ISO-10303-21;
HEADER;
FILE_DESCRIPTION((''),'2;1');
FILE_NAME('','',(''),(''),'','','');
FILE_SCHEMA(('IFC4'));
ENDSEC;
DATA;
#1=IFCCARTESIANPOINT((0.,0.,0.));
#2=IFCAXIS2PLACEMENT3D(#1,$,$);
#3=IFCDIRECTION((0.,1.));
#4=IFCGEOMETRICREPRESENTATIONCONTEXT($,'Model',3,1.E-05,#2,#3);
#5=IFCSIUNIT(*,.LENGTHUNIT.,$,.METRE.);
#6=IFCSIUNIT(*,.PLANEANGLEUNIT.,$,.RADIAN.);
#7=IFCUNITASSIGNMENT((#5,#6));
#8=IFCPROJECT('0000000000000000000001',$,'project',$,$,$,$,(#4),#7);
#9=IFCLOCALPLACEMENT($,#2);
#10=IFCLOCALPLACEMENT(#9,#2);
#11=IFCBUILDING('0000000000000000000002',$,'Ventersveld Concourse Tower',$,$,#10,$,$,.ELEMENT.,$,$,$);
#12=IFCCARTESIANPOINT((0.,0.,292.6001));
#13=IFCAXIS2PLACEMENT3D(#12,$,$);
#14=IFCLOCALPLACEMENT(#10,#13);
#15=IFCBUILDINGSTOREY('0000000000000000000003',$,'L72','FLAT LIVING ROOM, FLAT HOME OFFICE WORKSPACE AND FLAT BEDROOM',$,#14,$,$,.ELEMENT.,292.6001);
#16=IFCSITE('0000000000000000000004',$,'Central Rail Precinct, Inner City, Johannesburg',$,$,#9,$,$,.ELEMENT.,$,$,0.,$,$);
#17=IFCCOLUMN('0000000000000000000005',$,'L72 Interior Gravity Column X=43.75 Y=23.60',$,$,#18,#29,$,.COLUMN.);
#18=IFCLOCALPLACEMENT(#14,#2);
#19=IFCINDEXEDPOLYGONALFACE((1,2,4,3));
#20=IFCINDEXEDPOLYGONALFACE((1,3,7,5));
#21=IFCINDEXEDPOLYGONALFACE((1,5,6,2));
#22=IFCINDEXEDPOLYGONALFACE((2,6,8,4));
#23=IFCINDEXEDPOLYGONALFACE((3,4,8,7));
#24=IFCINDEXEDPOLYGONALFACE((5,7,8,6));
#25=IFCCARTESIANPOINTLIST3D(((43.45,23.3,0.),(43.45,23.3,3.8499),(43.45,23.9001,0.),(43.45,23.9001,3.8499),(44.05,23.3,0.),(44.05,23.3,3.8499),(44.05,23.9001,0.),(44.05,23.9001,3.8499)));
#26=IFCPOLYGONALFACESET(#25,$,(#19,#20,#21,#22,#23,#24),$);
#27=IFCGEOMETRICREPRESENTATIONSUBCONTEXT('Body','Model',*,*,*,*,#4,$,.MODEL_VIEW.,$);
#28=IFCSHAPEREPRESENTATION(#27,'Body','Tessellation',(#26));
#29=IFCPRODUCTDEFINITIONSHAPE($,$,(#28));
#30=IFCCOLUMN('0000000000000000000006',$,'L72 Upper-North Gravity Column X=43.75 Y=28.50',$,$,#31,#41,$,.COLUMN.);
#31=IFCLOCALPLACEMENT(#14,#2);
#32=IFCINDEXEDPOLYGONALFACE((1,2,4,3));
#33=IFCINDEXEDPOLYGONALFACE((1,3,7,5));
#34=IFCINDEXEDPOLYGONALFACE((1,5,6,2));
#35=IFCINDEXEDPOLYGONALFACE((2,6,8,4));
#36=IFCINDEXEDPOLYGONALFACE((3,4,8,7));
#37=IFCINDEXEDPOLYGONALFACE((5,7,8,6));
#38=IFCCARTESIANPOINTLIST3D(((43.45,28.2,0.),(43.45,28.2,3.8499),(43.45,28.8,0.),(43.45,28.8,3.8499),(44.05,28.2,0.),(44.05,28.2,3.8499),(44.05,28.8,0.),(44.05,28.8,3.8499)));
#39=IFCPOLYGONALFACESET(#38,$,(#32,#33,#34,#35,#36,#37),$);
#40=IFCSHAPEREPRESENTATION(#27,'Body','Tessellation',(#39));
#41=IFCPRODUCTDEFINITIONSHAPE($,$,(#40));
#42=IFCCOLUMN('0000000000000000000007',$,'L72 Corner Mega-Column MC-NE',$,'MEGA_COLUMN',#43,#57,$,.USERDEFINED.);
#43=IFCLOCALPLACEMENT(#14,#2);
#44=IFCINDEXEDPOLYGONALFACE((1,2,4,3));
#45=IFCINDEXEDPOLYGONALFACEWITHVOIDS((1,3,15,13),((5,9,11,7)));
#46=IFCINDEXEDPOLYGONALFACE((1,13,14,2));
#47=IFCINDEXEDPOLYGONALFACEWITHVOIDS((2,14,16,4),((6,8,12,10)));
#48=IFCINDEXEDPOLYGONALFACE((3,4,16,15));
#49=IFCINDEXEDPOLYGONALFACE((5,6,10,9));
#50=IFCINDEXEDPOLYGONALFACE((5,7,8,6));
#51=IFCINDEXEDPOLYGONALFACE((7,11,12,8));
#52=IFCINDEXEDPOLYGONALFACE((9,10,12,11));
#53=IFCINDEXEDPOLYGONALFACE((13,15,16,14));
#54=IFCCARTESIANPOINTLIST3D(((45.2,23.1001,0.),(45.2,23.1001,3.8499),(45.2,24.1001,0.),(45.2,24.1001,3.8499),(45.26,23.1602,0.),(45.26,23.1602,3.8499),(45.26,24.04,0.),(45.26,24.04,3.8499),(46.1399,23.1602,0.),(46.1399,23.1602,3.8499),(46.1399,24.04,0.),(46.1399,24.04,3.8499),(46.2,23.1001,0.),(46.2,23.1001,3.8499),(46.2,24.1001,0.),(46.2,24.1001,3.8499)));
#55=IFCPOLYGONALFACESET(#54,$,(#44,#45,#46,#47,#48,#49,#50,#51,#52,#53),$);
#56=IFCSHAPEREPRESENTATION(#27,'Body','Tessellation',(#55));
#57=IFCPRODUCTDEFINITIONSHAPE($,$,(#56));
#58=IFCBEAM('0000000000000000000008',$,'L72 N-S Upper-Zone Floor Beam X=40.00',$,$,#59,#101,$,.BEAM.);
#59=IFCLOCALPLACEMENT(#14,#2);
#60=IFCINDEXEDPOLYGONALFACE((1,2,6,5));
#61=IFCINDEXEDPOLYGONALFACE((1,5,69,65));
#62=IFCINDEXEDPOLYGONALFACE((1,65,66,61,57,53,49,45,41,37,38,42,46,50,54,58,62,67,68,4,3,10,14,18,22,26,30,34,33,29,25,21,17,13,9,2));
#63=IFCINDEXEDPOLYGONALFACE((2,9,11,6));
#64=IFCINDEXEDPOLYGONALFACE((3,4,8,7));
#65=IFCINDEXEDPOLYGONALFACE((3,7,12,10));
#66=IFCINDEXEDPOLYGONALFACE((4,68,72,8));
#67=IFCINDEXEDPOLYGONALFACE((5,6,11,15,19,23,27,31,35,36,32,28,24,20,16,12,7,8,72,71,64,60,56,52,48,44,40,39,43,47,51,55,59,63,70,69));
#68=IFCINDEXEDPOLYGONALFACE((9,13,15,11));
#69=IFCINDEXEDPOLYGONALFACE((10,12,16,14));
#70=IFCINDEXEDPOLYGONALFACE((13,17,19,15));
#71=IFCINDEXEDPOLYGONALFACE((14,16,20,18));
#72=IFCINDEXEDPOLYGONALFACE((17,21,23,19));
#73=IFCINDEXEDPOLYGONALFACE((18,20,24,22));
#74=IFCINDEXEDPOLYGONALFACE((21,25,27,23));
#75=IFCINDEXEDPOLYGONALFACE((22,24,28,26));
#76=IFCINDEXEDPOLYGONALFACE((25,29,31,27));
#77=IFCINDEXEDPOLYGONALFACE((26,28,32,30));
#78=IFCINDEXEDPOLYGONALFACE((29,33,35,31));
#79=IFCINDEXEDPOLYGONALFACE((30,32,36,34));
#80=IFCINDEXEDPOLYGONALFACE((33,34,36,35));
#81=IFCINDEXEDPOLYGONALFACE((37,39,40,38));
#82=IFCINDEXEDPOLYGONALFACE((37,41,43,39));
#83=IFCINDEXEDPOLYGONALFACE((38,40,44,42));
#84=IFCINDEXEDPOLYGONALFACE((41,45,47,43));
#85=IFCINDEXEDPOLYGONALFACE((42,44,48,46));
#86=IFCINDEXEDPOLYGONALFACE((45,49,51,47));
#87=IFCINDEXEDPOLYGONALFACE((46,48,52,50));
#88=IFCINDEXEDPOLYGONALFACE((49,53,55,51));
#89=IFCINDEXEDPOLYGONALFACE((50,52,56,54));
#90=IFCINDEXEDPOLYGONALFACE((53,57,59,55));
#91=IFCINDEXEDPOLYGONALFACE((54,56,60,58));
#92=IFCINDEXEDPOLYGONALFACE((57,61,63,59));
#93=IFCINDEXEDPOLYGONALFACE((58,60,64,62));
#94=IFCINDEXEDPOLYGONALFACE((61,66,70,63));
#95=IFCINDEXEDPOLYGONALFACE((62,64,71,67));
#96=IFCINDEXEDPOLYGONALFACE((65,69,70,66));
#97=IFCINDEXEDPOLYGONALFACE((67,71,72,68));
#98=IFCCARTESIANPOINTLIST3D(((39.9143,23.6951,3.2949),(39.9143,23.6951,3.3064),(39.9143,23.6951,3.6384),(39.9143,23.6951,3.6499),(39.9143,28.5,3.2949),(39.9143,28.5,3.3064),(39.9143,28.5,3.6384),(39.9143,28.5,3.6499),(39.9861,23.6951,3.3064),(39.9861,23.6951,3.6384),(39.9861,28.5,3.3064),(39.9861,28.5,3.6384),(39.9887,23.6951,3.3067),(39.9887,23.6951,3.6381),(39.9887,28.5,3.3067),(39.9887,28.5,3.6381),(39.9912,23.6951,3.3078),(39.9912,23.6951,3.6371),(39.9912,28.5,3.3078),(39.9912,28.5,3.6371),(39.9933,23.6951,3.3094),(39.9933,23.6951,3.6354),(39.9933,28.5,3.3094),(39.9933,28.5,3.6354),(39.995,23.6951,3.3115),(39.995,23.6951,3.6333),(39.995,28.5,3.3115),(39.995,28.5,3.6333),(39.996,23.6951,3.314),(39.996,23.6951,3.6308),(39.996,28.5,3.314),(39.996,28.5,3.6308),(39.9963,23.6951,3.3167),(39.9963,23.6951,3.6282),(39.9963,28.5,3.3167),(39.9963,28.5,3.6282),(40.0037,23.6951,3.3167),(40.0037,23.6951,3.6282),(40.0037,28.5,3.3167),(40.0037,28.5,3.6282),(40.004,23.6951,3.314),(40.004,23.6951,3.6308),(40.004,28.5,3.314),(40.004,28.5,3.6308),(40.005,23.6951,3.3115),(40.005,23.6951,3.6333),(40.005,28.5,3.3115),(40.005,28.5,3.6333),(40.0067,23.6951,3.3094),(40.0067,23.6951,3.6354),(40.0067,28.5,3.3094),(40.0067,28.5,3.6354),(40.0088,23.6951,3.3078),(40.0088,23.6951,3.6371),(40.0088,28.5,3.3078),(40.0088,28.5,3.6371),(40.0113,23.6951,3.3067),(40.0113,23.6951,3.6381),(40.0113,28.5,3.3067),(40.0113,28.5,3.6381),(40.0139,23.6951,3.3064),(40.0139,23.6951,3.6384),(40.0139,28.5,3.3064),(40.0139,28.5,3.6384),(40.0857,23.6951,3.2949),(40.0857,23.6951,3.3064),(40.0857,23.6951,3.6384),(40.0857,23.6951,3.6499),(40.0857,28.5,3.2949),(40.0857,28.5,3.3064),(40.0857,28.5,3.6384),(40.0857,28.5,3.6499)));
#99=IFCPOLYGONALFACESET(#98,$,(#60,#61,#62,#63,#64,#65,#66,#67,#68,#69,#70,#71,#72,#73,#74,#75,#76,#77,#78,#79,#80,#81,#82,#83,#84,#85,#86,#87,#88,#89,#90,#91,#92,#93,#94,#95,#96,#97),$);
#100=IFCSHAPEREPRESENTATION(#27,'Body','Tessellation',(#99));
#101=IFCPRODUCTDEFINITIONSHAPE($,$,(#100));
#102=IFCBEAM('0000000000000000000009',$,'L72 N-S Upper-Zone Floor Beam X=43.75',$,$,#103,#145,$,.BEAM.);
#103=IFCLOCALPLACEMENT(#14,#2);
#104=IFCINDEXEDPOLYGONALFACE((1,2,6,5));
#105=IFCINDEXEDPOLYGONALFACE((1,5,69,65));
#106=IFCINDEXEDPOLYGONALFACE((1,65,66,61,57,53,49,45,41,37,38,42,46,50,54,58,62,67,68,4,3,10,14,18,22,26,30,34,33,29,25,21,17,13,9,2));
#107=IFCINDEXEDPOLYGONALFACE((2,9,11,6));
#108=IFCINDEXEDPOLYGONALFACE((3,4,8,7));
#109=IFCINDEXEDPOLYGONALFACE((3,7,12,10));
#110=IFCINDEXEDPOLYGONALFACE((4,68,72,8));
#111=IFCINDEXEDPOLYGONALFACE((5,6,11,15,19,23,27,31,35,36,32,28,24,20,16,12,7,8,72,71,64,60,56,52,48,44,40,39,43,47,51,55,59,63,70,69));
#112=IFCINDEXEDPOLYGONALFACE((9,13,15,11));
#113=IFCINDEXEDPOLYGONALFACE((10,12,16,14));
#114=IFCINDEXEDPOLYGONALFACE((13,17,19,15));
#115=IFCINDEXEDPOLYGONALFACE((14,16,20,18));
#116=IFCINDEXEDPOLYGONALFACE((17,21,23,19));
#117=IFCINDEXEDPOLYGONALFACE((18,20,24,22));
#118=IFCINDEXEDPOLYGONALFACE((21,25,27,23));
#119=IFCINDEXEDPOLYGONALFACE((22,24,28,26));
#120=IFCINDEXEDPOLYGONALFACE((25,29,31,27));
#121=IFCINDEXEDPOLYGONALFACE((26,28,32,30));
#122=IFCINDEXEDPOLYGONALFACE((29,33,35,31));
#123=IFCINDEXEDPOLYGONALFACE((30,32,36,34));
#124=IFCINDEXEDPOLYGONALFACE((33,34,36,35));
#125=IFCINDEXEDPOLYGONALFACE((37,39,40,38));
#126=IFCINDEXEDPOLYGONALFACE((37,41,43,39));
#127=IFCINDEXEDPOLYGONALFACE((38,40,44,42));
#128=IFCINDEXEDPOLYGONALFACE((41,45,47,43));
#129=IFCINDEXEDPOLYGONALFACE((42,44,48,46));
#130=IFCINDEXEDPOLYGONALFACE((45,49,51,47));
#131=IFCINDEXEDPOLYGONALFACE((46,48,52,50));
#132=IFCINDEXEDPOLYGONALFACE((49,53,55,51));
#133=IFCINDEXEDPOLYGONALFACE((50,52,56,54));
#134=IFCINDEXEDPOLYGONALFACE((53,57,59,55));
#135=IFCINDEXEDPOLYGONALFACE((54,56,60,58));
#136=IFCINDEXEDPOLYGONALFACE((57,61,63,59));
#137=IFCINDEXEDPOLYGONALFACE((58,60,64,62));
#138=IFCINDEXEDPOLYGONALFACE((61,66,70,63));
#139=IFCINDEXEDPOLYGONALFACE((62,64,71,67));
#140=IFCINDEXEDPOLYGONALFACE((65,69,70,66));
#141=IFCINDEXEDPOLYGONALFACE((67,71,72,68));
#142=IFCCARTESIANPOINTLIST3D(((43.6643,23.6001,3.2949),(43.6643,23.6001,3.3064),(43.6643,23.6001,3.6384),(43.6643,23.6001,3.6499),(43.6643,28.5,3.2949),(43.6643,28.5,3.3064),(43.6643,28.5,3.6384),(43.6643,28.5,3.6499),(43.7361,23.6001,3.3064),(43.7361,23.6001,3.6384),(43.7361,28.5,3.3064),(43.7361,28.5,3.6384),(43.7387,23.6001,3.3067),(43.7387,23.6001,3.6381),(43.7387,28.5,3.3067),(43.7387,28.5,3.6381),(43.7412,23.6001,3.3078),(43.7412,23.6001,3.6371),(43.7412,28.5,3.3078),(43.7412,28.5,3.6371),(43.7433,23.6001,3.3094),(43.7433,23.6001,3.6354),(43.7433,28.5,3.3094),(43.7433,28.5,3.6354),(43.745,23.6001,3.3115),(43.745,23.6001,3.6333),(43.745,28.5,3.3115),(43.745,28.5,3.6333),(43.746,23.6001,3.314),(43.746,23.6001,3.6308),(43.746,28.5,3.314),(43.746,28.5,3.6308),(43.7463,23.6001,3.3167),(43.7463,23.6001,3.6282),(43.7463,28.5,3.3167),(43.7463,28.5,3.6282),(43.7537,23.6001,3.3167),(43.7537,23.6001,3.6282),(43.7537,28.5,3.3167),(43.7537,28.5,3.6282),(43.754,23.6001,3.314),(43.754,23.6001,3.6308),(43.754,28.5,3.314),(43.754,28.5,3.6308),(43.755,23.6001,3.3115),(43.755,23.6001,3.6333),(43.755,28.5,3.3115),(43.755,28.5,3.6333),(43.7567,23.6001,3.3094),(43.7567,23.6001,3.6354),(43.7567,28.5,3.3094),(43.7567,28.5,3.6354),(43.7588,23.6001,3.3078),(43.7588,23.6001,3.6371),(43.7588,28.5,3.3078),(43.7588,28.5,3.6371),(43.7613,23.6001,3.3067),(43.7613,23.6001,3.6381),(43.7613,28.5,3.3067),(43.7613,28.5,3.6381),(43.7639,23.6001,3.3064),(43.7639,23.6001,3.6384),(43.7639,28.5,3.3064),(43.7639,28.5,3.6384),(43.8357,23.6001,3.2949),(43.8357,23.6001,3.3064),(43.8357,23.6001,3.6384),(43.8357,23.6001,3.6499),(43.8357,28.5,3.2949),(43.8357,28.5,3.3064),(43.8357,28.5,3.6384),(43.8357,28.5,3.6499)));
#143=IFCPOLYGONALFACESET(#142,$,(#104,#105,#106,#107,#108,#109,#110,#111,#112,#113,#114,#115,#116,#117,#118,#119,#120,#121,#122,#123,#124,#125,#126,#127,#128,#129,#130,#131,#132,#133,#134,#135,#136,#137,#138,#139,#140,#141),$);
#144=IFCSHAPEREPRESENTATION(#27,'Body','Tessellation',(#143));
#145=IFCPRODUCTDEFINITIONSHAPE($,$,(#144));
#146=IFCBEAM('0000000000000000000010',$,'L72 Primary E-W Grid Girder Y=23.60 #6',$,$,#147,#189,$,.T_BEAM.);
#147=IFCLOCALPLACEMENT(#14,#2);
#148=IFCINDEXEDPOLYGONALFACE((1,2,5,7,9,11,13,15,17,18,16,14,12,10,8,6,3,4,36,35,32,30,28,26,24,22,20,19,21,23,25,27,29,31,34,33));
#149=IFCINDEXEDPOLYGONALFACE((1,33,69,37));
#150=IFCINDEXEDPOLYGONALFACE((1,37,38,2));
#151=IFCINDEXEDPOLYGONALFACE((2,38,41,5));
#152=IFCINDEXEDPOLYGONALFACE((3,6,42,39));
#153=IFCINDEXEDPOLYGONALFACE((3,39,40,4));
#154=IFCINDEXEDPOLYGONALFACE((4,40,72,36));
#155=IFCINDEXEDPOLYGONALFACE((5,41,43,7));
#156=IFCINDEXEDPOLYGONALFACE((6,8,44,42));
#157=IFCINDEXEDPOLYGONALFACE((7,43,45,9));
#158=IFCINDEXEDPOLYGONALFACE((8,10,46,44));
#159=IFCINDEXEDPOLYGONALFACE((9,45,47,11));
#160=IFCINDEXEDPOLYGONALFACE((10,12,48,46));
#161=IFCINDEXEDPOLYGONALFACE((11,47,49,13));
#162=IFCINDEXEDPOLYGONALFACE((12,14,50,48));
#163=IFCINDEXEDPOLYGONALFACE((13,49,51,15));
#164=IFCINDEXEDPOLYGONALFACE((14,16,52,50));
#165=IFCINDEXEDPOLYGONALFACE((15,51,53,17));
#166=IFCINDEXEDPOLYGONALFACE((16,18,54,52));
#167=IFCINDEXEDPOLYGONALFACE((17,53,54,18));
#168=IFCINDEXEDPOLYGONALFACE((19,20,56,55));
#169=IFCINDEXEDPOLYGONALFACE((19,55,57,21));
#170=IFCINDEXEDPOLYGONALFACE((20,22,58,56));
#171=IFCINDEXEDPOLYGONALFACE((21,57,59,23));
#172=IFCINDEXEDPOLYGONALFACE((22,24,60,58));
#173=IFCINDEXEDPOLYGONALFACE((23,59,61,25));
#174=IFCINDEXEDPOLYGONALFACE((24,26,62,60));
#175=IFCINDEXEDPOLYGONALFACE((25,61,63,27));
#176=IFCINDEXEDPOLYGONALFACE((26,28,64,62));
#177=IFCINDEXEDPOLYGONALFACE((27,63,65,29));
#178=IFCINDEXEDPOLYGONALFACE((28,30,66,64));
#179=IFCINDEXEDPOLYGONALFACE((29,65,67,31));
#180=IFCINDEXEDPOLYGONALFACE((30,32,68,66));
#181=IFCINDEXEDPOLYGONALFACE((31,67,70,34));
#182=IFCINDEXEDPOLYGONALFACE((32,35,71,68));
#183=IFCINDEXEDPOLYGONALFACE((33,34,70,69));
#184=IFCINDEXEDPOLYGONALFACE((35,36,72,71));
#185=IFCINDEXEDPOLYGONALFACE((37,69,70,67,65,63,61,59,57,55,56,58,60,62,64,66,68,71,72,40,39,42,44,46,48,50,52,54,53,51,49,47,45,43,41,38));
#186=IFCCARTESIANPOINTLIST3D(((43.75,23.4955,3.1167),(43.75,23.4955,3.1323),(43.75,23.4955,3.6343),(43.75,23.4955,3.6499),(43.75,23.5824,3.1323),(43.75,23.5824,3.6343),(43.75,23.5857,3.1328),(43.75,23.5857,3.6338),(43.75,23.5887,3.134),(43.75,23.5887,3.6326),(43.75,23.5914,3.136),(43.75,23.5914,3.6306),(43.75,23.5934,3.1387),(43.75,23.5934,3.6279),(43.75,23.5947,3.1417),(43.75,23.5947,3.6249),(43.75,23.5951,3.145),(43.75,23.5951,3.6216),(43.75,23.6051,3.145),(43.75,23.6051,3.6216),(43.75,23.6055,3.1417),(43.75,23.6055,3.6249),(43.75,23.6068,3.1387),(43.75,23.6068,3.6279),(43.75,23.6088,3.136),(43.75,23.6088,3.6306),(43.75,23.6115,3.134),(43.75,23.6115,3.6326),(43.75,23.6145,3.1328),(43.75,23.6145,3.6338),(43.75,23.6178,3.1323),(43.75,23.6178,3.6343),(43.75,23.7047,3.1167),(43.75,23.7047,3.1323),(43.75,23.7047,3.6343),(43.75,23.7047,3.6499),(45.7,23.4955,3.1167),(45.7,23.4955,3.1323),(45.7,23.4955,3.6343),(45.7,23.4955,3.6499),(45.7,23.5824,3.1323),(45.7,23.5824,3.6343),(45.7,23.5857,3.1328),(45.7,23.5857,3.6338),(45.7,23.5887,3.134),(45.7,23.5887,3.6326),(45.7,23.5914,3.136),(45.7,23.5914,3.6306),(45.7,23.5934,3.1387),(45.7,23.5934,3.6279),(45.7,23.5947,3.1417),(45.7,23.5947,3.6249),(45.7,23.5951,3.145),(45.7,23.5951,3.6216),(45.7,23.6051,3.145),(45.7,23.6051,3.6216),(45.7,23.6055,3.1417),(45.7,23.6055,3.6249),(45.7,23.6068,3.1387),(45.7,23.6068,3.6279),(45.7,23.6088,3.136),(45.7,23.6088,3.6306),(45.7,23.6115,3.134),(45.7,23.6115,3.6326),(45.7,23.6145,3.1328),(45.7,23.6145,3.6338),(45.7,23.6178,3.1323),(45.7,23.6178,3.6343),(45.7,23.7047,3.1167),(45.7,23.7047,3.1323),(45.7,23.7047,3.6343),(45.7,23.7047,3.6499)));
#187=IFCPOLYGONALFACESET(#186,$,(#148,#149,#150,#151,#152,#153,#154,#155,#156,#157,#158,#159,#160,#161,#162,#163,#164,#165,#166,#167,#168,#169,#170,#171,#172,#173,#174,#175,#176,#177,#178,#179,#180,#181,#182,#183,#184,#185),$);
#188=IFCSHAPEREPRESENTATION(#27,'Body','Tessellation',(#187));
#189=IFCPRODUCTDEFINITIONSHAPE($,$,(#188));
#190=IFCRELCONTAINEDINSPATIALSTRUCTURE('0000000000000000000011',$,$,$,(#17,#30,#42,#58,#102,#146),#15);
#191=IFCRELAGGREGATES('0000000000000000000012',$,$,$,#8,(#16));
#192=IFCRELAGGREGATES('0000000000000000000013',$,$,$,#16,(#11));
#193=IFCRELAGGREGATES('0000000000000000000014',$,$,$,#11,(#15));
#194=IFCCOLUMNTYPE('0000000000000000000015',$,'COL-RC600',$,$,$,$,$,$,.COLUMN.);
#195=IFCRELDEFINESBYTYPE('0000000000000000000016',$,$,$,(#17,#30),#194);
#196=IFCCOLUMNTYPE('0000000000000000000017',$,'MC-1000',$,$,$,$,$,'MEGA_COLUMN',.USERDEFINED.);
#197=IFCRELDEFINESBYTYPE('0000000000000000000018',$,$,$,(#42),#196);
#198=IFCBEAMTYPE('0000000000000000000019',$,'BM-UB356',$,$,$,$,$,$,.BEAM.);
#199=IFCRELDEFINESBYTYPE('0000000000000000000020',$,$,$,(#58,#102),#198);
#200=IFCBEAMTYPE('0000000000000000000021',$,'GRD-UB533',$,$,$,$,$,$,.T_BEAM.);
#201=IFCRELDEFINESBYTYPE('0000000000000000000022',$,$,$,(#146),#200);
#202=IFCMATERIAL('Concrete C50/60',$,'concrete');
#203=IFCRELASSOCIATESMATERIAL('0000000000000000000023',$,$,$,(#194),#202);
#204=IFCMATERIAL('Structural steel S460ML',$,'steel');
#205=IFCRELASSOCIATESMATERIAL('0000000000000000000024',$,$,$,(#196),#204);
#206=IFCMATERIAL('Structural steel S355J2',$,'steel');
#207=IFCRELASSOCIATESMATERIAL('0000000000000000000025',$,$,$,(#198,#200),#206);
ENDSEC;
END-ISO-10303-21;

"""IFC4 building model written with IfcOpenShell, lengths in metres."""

from ifc_helpers import new_model, si_unit, direction, frame, origin, origin_2d, place, context, subcontext, project, spatial, rectangle, hollow_rectangle, i_section, extrude, material, material_profile, profile_set, type_object, element, save


model = new_model("IFC4")

# Units and contexts
model_context = context("Model", 3, precision=1e-05, world=origin(), true_north=direction((0.0, 1.0)))
body_context = subcontext(model_context, "Body", "Model", "MODEL_VIEW")
ifc_project = project(units=[si_unit("LENGTHUNIT", "METRE"), si_unit("PLANEANGLEUNIT", "RADIAN")], contexts=[model_context])

# Site, building, storey
site_placement = place(None, origin())
site = spatial("IfcSite", under=ifc_project, at=site_placement, Name="Central Rail Precinct, Inner City, Johannesburg", CompositionType="ELEMENT", RefElevation=0.0)
building_placement = place(site_placement, origin())
building = spatial("IfcBuilding", under=site, at=building_placement, Name="Ventersveld Concourse Tower", CompositionType="ELEMENT")
storey_placement = place(building_placement, frame((0.0, 0.0, 292.6001)))
storey = spatial("IfcBuildingStorey", under=building, at=storey_placement, Name="L72", Description="FLAT LIVING ROOM, FLAT HOME OFFICE WORKSPACE AND FLAT BEDROOM", CompositionType="ELEMENT", Elevation=292.6001)

# Columns
ifc_material_1 = material(Name="Concrete C50/60", Category="concrete")
ifc_material_profile_1 = material_profile(ifc_material_1, rectangle(XDim=0.6001, YDim=0.6001, at=origin_2d()), Name="RC 600x600")
ifc_profile_set_1 = profile_set([ifc_material_profile_1], Name="Concrete C50/60")
column_type_1 = type_object("IfcColumnType", Name="COL-RC600", PredefinedType="COLUMN", material=ifc_profile_set_1)
for number, where, z_axis, x_axis, name in (
    (1, (43.75, 23.6001, 0.0), (0.0, 0.0, 1.0), (1.0, 0.0, 0.0), "L72 Interior Gravity Column X=43.75 Y=23.60"),
    (2, (43.75, 28.5, 0.0), (0.0, 0.0, 1.0), (1.0, 0.0, 0.0), "L72 Upper-North Gravity Column X=43.75 Y=28.50"),
):
    element("IfcColumn", number, at=place(storey_placement, frame(where, z_axis=z_axis, x_axis=x_axis)), inside=storey, type_object=column_type_1, Name=name, PredefinedType="COLUMN", context=body_context, shape_type="SweptSolid", body=[
        extrude(rectangle(XDim=0.6001, YDim=0.6001, at=origin_2d()), origin(), (0.0, 0.0, 1.0), 3.8499),
    ])
ifc_material_2 = material(Name="Structural steel S460ML", Category="steel")
ifc_material_profile_2 = material_profile(ifc_material_2, hollow_rectangle(XDim=1.0, YDim=1.0, WallThickness=0.0601, at=origin_2d()), Name="BOX 1000x1000x60")
ifc_profile_set_2 = profile_set([ifc_material_profile_2], Name="Structural steel S460ML")
column_type_2 = type_object("IfcColumnType", Name="MC-1000", ElementType="MEGA_COLUMN", PredefinedType="USERDEFINED", material=ifc_profile_set_2)
column_placement = place(storey_placement, frame((45.7, 23.6001, 0.0), z_axis=(0.0, 0.0, 1.0), x_axis=(1.0, 0.0, 0.0)))
element("IfcColumn", 3, at=column_placement, inside=storey, type_object=column_type_2, Name="L72 Corner Mega-Column MC-NE", ObjectType="MEGA_COLUMN", PredefinedType="USERDEFINED", context=body_context, shape_type="SweptSolid", body=[
    extrude(hollow_rectangle(XDim=1.0, YDim=1.0, WallThickness=0.0601, at=origin_2d()), origin(), (0.0, 0.0, 1.0), 3.8499),
])

# Beams
ifc_material_3 = material(Name="Structural steel S355J2", Category="steel")
ifc_material_profile_3 = material_profile(ifc_material_3, i_section(OverallWidth=0.1714, OverallDepth=0.355, WebThickness=0.0073, FlangeThickness=0.0115, FilletRadius=0.0103, at=origin_2d()), Name="UB 356x171x51")
ifc_profile_set_3 = profile_set([ifc_material_profile_3], Name="Structural steel S355J2")
beam_type_1 = type_object("IfcBeamType", Name="BM-UB356", PredefinedType="BEAM", material=ifc_profile_set_3)
beam_1_placement = place(storey_placement, frame((40.0, 23.6951, 3.4724), z_axis=(0.0, 1.0, 0.0), x_axis=(-1.0, 0.0, 0.0)))
element("IfcBeam", 4, at=beam_1_placement, inside=storey, type_object=beam_type_1, Name="L72 N-S Upper-Zone Floor Beam X=40.00", PredefinedType="BEAM", context=body_context, shape_type="SweptSolid", body=[
    extrude(i_section(OverallWidth=0.1714, OverallDepth=0.355, WebThickness=0.0073, FlangeThickness=0.0115, FilletRadius=0.0103, at=origin_2d()), origin(), (0.0, 0.0, 1.0), 4.8049),
])
beam_2_placement = place(storey_placement, frame((43.75, 23.6001, 3.4724), z_axis=(0.0, 1.0, 0.0), x_axis=(-1.0, 0.0, 0.0)))
element("IfcBeam", 5, at=beam_2_placement, inside=storey, type_object=beam_type_1, Name="L72 N-S Upper-Zone Floor Beam X=43.75", PredefinedType="BEAM", context=body_context, shape_type="SweptSolid", body=[
    extrude(i_section(OverallWidth=0.1714, OverallDepth=0.355, WebThickness=0.0073, FlangeThickness=0.0115, FilletRadius=0.0103, at=origin_2d()), origin(), (0.0, 0.0, 1.0), 4.8999),
])
ifc_material_profile_4 = material_profile(ifc_material_3, i_section(OverallWidth=0.2092, OverallDepth=0.5332, WebThickness=0.01, FlangeThickness=0.0156, FilletRadius=0.0127, at=origin_2d()), Name="UB 533x210x92")
ifc_profile_set_4 = profile_set([ifc_material_profile_4], Name="Structural steel S355J2")
beam_type_2 = type_object("IfcBeamType", Name="GRD-UB533", PredefinedType="T_BEAM", material=ifc_profile_set_4)
beam_3_placement = place(storey_placement, frame((43.75, 23.6001, 3.3833), z_axis=(1.0, 0.0, 0.0), x_axis=(0.0, 1.0, 0.0)))
element("IfcBeam", 6, at=beam_3_placement, inside=storey, type_object=beam_type_2, Name="L72 Primary E-W Grid Girder Y=23.60 #6", PredefinedType="T_BEAM", context=body_context, shape_type="SweptSolid", body=[
    extrude(i_section(OverallWidth=0.2092, OverallDepth=0.5332, WebThickness=0.01, FlangeThickness=0.0156, FilletRadius=0.0127, at=origin_2d()), origin(), (0.0, 0.0, 1.0), 1.95),
])

save(model, "model.ifc")
